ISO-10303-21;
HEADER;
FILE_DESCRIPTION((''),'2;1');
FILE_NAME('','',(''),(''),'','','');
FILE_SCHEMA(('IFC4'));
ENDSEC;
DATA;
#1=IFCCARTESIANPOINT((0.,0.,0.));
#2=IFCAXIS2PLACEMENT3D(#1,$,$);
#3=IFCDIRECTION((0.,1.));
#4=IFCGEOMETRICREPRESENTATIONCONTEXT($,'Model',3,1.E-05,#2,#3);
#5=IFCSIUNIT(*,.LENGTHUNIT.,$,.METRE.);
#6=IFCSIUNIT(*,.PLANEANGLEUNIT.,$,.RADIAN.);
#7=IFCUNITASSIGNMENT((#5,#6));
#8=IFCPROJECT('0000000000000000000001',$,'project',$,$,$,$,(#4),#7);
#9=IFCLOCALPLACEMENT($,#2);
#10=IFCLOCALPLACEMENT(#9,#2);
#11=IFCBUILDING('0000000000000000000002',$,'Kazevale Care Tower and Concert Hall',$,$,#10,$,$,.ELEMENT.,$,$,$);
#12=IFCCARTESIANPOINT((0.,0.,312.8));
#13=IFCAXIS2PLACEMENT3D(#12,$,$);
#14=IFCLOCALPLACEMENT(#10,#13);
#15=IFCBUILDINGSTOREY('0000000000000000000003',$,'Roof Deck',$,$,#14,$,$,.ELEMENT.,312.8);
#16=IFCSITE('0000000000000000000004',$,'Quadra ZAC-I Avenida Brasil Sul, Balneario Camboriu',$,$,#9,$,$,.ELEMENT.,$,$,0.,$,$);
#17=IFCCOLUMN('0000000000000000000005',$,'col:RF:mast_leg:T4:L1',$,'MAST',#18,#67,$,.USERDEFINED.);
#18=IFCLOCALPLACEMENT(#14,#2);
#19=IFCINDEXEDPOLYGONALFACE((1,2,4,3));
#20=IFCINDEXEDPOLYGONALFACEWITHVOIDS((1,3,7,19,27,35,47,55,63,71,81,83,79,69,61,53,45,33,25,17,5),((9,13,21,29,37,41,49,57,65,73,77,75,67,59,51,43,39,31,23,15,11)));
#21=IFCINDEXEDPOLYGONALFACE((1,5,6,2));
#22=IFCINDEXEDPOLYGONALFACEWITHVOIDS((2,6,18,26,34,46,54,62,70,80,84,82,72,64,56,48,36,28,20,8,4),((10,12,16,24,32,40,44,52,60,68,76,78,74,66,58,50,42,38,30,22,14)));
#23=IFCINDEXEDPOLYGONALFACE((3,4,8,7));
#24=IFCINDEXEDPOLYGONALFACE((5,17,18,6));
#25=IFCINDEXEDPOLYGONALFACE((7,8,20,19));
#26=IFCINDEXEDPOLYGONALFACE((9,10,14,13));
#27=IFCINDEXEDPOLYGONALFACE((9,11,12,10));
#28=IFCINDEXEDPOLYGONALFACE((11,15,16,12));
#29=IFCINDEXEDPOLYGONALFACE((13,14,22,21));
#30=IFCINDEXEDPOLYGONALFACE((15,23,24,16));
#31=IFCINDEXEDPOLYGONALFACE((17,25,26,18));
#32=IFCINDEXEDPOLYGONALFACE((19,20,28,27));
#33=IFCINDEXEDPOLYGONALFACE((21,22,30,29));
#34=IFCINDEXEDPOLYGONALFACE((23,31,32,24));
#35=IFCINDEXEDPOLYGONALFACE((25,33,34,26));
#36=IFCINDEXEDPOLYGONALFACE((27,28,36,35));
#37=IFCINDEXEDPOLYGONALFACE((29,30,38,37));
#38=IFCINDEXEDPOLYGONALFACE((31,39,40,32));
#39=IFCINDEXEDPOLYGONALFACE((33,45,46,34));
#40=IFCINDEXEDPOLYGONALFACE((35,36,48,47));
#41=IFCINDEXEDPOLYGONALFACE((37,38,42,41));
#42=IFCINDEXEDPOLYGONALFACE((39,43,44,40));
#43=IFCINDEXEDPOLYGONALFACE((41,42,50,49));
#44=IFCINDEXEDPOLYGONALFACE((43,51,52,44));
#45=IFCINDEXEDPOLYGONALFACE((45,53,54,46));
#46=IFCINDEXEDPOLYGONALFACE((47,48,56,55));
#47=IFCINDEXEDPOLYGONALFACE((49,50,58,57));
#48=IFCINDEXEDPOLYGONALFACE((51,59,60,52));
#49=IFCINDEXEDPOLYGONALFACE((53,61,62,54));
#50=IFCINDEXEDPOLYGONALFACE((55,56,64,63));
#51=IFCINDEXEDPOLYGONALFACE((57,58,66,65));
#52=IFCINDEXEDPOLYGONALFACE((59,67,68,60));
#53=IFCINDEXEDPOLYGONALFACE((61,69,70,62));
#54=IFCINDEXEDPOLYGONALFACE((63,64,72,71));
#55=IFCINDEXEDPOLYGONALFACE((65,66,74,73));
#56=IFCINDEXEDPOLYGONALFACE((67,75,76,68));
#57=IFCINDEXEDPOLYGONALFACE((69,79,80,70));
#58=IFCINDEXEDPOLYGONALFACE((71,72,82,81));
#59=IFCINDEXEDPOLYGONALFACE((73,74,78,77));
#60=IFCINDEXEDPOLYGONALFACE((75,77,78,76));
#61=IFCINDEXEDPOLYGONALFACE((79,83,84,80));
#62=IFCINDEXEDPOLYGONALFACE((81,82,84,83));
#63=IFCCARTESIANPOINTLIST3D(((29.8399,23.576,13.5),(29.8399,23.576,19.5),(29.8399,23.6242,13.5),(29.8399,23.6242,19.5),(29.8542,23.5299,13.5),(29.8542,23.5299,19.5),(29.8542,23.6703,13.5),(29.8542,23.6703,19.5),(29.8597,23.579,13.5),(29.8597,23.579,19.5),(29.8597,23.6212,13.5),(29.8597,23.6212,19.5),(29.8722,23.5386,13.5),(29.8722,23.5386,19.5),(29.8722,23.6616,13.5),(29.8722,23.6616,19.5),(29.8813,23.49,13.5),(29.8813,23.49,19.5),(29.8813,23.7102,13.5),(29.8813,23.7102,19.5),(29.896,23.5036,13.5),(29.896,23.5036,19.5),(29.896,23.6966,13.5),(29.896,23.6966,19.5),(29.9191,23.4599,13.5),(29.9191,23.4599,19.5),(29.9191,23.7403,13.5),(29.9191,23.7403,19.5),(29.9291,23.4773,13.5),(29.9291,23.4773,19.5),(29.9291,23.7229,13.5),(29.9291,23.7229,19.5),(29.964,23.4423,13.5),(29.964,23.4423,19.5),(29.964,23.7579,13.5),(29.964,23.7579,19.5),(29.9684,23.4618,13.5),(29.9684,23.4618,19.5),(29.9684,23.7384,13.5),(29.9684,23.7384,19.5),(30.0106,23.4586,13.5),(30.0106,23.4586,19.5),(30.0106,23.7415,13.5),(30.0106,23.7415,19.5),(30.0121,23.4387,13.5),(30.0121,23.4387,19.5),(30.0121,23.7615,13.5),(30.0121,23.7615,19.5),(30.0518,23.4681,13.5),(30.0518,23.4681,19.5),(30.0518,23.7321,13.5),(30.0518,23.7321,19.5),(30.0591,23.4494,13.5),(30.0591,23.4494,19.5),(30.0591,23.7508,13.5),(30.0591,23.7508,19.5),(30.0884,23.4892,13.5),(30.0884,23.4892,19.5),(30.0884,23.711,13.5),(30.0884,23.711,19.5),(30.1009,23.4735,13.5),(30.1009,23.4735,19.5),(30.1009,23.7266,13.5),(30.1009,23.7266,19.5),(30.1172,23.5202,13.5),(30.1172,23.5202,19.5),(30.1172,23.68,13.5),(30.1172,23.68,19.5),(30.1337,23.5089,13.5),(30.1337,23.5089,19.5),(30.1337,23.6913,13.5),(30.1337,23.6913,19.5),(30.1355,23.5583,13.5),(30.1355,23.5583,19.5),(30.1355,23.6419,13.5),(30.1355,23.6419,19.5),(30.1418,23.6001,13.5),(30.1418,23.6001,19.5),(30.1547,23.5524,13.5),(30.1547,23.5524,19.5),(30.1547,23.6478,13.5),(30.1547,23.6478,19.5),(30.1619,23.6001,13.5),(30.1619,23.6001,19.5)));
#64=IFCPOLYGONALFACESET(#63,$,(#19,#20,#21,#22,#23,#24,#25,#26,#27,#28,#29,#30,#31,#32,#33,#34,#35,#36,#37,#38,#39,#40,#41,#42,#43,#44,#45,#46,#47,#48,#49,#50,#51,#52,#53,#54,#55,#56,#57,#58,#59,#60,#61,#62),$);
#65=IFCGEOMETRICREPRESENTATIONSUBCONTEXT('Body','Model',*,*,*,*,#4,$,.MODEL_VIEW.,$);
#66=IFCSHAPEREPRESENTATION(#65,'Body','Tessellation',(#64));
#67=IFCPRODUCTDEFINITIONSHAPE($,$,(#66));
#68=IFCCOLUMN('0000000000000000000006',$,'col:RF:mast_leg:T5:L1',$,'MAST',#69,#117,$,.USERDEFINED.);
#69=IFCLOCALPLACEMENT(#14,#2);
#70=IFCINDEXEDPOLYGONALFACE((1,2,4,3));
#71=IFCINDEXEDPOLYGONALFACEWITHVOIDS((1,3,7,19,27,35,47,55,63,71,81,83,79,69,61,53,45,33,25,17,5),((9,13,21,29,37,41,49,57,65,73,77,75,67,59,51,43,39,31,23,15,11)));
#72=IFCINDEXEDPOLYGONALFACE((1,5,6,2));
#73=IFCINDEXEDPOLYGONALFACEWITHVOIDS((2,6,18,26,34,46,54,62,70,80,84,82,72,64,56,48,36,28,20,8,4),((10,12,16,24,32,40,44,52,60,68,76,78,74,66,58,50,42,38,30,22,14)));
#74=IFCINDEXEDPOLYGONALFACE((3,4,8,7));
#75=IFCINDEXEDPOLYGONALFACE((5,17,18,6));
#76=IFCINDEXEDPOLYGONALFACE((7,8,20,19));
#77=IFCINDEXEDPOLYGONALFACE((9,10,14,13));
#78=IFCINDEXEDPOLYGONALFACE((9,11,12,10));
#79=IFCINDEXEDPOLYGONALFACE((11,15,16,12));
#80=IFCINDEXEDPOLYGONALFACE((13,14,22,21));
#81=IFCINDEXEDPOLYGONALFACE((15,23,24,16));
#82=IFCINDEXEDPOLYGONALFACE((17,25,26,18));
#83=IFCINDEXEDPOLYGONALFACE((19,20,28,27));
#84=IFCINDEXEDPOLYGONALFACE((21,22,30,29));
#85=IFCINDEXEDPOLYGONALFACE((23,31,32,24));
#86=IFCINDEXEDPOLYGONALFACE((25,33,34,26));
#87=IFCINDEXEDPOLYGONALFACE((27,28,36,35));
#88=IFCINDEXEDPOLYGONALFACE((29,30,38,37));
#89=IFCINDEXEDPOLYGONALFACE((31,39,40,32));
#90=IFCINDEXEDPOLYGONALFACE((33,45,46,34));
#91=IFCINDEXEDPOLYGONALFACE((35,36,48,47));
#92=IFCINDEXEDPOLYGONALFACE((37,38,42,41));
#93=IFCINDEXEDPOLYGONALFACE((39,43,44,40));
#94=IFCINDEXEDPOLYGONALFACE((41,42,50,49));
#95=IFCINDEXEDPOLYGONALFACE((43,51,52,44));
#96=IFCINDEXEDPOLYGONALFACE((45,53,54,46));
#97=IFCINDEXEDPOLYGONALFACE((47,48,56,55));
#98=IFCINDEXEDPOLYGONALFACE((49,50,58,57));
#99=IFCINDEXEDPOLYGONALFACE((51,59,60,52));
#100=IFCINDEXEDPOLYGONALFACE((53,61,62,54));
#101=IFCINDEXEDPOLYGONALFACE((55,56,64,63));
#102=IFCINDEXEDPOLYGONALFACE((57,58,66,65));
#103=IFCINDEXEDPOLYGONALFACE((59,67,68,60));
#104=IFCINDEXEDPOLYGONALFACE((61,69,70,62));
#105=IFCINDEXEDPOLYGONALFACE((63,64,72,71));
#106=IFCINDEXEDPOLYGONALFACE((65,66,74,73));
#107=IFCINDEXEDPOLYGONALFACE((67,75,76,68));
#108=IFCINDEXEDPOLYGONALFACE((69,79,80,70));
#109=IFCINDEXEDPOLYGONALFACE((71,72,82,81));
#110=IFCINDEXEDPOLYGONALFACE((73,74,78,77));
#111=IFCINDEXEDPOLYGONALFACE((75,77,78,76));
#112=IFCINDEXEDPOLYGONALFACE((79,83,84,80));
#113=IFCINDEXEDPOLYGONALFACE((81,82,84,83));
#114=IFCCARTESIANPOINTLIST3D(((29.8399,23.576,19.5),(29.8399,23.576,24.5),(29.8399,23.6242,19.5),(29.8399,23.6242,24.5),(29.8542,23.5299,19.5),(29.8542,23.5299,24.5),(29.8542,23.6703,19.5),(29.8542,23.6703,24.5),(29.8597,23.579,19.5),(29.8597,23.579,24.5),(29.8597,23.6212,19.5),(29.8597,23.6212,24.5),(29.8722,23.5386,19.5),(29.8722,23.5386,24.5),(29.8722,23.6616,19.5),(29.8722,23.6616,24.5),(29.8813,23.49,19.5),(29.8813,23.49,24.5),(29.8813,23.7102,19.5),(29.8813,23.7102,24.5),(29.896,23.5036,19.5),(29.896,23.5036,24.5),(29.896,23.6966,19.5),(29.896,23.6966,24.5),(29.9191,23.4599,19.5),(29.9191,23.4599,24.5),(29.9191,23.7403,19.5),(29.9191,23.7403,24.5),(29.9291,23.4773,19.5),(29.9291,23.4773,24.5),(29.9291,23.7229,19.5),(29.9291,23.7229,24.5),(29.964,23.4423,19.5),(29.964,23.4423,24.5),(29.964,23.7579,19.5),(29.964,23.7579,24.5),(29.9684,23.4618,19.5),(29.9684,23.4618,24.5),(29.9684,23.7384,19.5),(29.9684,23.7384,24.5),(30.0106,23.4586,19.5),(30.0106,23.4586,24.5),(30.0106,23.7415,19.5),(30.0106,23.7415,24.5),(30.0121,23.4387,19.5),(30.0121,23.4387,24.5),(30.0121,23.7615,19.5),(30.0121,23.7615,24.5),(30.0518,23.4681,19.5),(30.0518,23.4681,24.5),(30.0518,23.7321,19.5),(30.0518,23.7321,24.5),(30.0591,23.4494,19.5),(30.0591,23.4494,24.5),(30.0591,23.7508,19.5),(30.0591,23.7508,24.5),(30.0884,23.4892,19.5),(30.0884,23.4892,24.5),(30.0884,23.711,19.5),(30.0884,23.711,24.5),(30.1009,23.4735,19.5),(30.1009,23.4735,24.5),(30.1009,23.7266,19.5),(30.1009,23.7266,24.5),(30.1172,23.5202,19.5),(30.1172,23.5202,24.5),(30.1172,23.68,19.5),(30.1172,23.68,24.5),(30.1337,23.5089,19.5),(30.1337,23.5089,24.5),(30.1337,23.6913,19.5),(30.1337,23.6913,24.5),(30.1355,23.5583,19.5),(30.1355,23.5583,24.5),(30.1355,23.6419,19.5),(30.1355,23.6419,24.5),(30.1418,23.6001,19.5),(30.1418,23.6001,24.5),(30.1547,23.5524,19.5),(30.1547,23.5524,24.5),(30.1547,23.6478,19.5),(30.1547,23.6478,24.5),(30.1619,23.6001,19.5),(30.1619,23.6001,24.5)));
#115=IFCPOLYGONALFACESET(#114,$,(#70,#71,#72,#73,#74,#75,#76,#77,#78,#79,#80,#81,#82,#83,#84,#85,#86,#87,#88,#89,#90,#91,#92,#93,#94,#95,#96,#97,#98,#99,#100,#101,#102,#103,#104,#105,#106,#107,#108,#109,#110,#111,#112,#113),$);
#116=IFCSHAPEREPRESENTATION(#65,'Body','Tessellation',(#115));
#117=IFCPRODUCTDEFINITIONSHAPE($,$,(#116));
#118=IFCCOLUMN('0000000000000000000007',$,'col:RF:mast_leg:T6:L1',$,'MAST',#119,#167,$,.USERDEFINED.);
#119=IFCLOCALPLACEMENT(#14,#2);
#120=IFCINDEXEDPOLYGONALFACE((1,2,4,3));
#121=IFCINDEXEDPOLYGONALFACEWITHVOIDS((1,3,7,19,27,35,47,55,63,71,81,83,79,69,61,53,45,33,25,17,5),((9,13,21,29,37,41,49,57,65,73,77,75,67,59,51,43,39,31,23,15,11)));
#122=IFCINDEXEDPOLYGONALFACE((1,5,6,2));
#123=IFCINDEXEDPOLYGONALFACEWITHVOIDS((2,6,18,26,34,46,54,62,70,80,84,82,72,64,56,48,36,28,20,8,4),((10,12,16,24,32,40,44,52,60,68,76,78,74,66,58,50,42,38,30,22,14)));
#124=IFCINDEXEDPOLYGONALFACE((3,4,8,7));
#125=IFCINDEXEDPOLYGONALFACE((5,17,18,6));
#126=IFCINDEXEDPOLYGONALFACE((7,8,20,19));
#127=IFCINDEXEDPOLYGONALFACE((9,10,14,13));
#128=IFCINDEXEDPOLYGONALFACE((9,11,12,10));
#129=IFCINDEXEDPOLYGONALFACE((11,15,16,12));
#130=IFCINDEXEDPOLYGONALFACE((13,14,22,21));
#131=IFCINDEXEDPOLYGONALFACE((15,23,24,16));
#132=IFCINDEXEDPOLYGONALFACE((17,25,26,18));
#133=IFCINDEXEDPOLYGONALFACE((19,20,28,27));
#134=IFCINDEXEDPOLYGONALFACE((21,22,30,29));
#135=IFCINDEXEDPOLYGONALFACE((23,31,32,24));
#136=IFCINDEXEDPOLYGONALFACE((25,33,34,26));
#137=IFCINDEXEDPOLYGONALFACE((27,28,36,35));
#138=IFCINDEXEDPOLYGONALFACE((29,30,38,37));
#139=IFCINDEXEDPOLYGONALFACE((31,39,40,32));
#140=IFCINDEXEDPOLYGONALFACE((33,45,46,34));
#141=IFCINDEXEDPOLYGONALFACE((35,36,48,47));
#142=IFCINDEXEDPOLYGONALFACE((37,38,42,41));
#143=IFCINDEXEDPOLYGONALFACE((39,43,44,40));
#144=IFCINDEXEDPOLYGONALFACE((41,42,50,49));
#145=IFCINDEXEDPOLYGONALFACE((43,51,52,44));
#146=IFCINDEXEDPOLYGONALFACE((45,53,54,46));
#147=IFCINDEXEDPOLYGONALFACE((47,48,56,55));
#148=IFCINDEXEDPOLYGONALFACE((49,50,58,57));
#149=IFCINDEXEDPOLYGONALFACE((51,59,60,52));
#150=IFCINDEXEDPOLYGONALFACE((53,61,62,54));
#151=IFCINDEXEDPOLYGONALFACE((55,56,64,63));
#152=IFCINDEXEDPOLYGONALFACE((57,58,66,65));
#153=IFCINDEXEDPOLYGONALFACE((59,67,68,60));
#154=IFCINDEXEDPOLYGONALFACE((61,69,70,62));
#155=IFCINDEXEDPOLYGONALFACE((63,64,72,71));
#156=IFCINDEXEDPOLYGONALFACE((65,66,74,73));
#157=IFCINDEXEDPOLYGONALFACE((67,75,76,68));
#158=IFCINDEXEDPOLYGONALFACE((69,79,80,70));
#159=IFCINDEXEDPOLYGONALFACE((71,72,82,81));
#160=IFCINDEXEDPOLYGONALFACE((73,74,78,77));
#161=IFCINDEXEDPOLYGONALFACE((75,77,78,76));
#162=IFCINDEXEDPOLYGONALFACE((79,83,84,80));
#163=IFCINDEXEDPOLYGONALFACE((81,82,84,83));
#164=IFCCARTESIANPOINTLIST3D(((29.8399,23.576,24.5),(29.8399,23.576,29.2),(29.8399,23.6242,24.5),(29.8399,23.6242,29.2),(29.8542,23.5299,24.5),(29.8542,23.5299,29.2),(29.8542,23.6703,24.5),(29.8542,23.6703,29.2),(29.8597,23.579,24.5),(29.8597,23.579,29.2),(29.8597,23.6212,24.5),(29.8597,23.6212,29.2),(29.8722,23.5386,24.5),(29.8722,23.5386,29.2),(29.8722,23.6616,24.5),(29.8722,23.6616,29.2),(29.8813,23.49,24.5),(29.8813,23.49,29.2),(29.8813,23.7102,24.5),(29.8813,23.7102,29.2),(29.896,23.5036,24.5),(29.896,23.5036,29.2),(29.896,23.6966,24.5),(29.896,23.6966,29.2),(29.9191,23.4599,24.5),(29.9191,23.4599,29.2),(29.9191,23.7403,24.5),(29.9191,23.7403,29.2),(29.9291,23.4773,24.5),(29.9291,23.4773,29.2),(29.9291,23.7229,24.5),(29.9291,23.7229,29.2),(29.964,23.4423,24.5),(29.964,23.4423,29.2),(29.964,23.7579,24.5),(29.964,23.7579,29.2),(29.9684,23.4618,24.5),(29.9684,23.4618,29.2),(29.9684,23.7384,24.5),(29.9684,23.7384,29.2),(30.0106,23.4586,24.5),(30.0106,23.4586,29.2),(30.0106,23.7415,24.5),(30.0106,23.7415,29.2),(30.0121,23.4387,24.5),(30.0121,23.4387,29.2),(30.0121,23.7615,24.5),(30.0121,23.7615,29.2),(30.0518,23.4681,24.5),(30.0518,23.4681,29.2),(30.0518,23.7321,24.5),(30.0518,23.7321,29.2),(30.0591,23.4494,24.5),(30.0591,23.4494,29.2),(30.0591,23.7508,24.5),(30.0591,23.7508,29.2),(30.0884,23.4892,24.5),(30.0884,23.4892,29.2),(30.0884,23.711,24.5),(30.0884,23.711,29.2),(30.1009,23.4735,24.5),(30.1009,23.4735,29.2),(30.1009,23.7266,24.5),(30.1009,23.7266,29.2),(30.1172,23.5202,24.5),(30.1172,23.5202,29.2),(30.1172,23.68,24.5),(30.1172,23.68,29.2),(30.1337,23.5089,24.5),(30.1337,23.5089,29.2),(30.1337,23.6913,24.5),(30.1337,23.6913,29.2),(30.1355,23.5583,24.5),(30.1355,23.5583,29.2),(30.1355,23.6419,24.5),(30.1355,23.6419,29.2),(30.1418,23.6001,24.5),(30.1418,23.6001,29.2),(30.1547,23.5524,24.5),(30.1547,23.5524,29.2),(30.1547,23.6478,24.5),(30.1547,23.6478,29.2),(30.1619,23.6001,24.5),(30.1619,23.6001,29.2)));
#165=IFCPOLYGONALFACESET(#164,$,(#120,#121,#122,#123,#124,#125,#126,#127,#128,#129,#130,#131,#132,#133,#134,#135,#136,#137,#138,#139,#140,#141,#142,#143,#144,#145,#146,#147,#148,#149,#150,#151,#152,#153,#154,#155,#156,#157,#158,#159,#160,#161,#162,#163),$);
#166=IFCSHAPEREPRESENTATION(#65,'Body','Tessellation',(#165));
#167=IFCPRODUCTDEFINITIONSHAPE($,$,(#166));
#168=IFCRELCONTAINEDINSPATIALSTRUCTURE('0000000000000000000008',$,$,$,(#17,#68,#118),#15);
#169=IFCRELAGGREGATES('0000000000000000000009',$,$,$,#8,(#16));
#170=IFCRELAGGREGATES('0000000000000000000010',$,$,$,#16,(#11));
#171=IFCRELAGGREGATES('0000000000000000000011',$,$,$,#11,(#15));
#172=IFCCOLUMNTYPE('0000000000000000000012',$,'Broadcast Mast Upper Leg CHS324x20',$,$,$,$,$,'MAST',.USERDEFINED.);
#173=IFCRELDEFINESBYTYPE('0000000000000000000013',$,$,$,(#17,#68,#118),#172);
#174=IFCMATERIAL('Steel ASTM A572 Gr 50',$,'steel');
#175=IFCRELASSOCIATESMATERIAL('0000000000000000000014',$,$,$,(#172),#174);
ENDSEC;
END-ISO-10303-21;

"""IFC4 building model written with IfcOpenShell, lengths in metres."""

from ifc_helpers import new_model, si_unit, direction, frame, origin, origin_2d, place, context, subcontext, project, spatial, hollow_circle, extrude, material, material_profile, profile_set, type_object, element, save


model = new_model("IFC4")

# Units and contexts
model_context = context("Model", 3, precision=1e-05, world=origin(), true_north=direction((0.0, 1.0)))
body_context = subcontext(model_context, "Body", "Model", "MODEL_VIEW")
ifc_project = project(units=[si_unit("LENGTHUNIT", "METRE"), si_unit("PLANEANGLEUNIT", "RADIAN")], contexts=[model_context])

# Site, building, storey
site_placement = place(None, origin())
site = spatial("IfcSite", under=ifc_project, at=site_placement, Name="Quadra ZAC-I Avenida Brasil Sul, Balneario Camboriu", CompositionType="ELEMENT", RefElevation=0.0)
building_placement = place(site_placement, origin())
building = spatial("IfcBuilding", under=site, at=building_placement, Name="Kazevale Care Tower and Concert Hall", CompositionType="ELEMENT")
storey_placement = place(building_placement, frame((0.0, 0.0, 312.8)))
storey = spatial("IfcBuildingStorey", under=building, at=storey_placement, Name="Roof Deck", CompositionType="ELEMENT", Elevation=312.8)

# Columns
ifc_material_1 = material(Name="Steel ASTM A572 Gr 50", Category="steel")
ifc_material_profile_1 = material_profile(ifc_material_1, hollow_circle(Radius=0.1619, WallThickness=0.02, at=origin_2d()), Name="CHS324x20")
ifc_profile_set_1 = profile_set([ifc_material_profile_1], Name="Steel ASTM A572 Gr 50")
column_type_1 = type_object("IfcColumnType", Name="Broadcast Mast Upper Leg CHS324x20", ElementType="MAST", PredefinedType="USERDEFINED", material=ifc_profile_set_1)
column_1_placement = place(storey_placement, frame((30.0, 23.6001, 13.5), z_axis=(0.0, 0.0, 1.0), x_axis=(1.0, 0.0, 0.0)))
element("IfcColumn", 1, at=column_1_placement, inside=storey, type_object=column_type_1, Name="col:RF:mast_leg:T4:L1", ObjectType="MAST", PredefinedType="USERDEFINED", context=body_context, shape_type="SweptSolid", body=[
    extrude(hollow_circle(Radius=0.1619, WallThickness=0.02, at=origin_2d()), origin(), (0.0, 0.0, 1.0), 6.0),
])
column_2_placement = place(storey_placement, frame((30.0, 23.6001, 19.5), z_axis=(0.0, 0.0, 1.0), x_axis=(1.0, 0.0, 0.0)))
element("IfcColumn", 2, at=column_2_placement, inside=storey, type_object=column_type_1, Name="col:RF:mast_leg:T5:L1", ObjectType="MAST", PredefinedType="USERDEFINED", context=body_context, shape_type="SweptSolid", body=[
    extrude(hollow_circle(Radius=0.1619, WallThickness=0.02, at=origin_2d()), origin(), (0.0, 0.0, 1.0), 5.0),
])
column_3_placement = place(storey_placement, frame((30.0, 23.6001, 24.5), z_axis=(0.0, 0.0, 1.0), x_axis=(1.0, 0.0, 0.0)))
element("IfcColumn", 3, at=column_3_placement, inside=storey, type_object=column_type_1, Name="col:RF:mast_leg:T6:L1", ObjectType="MAST", PredefinedType="USERDEFINED", context=body_context, shape_type="SweptSolid", body=[
    extrude(hollow_circle(Radius=0.1619, WallThickness=0.02, at=origin_2d()), origin(), (0.0, 0.0, 1.0), 4.7),
])

save(model, "model.ifc")
